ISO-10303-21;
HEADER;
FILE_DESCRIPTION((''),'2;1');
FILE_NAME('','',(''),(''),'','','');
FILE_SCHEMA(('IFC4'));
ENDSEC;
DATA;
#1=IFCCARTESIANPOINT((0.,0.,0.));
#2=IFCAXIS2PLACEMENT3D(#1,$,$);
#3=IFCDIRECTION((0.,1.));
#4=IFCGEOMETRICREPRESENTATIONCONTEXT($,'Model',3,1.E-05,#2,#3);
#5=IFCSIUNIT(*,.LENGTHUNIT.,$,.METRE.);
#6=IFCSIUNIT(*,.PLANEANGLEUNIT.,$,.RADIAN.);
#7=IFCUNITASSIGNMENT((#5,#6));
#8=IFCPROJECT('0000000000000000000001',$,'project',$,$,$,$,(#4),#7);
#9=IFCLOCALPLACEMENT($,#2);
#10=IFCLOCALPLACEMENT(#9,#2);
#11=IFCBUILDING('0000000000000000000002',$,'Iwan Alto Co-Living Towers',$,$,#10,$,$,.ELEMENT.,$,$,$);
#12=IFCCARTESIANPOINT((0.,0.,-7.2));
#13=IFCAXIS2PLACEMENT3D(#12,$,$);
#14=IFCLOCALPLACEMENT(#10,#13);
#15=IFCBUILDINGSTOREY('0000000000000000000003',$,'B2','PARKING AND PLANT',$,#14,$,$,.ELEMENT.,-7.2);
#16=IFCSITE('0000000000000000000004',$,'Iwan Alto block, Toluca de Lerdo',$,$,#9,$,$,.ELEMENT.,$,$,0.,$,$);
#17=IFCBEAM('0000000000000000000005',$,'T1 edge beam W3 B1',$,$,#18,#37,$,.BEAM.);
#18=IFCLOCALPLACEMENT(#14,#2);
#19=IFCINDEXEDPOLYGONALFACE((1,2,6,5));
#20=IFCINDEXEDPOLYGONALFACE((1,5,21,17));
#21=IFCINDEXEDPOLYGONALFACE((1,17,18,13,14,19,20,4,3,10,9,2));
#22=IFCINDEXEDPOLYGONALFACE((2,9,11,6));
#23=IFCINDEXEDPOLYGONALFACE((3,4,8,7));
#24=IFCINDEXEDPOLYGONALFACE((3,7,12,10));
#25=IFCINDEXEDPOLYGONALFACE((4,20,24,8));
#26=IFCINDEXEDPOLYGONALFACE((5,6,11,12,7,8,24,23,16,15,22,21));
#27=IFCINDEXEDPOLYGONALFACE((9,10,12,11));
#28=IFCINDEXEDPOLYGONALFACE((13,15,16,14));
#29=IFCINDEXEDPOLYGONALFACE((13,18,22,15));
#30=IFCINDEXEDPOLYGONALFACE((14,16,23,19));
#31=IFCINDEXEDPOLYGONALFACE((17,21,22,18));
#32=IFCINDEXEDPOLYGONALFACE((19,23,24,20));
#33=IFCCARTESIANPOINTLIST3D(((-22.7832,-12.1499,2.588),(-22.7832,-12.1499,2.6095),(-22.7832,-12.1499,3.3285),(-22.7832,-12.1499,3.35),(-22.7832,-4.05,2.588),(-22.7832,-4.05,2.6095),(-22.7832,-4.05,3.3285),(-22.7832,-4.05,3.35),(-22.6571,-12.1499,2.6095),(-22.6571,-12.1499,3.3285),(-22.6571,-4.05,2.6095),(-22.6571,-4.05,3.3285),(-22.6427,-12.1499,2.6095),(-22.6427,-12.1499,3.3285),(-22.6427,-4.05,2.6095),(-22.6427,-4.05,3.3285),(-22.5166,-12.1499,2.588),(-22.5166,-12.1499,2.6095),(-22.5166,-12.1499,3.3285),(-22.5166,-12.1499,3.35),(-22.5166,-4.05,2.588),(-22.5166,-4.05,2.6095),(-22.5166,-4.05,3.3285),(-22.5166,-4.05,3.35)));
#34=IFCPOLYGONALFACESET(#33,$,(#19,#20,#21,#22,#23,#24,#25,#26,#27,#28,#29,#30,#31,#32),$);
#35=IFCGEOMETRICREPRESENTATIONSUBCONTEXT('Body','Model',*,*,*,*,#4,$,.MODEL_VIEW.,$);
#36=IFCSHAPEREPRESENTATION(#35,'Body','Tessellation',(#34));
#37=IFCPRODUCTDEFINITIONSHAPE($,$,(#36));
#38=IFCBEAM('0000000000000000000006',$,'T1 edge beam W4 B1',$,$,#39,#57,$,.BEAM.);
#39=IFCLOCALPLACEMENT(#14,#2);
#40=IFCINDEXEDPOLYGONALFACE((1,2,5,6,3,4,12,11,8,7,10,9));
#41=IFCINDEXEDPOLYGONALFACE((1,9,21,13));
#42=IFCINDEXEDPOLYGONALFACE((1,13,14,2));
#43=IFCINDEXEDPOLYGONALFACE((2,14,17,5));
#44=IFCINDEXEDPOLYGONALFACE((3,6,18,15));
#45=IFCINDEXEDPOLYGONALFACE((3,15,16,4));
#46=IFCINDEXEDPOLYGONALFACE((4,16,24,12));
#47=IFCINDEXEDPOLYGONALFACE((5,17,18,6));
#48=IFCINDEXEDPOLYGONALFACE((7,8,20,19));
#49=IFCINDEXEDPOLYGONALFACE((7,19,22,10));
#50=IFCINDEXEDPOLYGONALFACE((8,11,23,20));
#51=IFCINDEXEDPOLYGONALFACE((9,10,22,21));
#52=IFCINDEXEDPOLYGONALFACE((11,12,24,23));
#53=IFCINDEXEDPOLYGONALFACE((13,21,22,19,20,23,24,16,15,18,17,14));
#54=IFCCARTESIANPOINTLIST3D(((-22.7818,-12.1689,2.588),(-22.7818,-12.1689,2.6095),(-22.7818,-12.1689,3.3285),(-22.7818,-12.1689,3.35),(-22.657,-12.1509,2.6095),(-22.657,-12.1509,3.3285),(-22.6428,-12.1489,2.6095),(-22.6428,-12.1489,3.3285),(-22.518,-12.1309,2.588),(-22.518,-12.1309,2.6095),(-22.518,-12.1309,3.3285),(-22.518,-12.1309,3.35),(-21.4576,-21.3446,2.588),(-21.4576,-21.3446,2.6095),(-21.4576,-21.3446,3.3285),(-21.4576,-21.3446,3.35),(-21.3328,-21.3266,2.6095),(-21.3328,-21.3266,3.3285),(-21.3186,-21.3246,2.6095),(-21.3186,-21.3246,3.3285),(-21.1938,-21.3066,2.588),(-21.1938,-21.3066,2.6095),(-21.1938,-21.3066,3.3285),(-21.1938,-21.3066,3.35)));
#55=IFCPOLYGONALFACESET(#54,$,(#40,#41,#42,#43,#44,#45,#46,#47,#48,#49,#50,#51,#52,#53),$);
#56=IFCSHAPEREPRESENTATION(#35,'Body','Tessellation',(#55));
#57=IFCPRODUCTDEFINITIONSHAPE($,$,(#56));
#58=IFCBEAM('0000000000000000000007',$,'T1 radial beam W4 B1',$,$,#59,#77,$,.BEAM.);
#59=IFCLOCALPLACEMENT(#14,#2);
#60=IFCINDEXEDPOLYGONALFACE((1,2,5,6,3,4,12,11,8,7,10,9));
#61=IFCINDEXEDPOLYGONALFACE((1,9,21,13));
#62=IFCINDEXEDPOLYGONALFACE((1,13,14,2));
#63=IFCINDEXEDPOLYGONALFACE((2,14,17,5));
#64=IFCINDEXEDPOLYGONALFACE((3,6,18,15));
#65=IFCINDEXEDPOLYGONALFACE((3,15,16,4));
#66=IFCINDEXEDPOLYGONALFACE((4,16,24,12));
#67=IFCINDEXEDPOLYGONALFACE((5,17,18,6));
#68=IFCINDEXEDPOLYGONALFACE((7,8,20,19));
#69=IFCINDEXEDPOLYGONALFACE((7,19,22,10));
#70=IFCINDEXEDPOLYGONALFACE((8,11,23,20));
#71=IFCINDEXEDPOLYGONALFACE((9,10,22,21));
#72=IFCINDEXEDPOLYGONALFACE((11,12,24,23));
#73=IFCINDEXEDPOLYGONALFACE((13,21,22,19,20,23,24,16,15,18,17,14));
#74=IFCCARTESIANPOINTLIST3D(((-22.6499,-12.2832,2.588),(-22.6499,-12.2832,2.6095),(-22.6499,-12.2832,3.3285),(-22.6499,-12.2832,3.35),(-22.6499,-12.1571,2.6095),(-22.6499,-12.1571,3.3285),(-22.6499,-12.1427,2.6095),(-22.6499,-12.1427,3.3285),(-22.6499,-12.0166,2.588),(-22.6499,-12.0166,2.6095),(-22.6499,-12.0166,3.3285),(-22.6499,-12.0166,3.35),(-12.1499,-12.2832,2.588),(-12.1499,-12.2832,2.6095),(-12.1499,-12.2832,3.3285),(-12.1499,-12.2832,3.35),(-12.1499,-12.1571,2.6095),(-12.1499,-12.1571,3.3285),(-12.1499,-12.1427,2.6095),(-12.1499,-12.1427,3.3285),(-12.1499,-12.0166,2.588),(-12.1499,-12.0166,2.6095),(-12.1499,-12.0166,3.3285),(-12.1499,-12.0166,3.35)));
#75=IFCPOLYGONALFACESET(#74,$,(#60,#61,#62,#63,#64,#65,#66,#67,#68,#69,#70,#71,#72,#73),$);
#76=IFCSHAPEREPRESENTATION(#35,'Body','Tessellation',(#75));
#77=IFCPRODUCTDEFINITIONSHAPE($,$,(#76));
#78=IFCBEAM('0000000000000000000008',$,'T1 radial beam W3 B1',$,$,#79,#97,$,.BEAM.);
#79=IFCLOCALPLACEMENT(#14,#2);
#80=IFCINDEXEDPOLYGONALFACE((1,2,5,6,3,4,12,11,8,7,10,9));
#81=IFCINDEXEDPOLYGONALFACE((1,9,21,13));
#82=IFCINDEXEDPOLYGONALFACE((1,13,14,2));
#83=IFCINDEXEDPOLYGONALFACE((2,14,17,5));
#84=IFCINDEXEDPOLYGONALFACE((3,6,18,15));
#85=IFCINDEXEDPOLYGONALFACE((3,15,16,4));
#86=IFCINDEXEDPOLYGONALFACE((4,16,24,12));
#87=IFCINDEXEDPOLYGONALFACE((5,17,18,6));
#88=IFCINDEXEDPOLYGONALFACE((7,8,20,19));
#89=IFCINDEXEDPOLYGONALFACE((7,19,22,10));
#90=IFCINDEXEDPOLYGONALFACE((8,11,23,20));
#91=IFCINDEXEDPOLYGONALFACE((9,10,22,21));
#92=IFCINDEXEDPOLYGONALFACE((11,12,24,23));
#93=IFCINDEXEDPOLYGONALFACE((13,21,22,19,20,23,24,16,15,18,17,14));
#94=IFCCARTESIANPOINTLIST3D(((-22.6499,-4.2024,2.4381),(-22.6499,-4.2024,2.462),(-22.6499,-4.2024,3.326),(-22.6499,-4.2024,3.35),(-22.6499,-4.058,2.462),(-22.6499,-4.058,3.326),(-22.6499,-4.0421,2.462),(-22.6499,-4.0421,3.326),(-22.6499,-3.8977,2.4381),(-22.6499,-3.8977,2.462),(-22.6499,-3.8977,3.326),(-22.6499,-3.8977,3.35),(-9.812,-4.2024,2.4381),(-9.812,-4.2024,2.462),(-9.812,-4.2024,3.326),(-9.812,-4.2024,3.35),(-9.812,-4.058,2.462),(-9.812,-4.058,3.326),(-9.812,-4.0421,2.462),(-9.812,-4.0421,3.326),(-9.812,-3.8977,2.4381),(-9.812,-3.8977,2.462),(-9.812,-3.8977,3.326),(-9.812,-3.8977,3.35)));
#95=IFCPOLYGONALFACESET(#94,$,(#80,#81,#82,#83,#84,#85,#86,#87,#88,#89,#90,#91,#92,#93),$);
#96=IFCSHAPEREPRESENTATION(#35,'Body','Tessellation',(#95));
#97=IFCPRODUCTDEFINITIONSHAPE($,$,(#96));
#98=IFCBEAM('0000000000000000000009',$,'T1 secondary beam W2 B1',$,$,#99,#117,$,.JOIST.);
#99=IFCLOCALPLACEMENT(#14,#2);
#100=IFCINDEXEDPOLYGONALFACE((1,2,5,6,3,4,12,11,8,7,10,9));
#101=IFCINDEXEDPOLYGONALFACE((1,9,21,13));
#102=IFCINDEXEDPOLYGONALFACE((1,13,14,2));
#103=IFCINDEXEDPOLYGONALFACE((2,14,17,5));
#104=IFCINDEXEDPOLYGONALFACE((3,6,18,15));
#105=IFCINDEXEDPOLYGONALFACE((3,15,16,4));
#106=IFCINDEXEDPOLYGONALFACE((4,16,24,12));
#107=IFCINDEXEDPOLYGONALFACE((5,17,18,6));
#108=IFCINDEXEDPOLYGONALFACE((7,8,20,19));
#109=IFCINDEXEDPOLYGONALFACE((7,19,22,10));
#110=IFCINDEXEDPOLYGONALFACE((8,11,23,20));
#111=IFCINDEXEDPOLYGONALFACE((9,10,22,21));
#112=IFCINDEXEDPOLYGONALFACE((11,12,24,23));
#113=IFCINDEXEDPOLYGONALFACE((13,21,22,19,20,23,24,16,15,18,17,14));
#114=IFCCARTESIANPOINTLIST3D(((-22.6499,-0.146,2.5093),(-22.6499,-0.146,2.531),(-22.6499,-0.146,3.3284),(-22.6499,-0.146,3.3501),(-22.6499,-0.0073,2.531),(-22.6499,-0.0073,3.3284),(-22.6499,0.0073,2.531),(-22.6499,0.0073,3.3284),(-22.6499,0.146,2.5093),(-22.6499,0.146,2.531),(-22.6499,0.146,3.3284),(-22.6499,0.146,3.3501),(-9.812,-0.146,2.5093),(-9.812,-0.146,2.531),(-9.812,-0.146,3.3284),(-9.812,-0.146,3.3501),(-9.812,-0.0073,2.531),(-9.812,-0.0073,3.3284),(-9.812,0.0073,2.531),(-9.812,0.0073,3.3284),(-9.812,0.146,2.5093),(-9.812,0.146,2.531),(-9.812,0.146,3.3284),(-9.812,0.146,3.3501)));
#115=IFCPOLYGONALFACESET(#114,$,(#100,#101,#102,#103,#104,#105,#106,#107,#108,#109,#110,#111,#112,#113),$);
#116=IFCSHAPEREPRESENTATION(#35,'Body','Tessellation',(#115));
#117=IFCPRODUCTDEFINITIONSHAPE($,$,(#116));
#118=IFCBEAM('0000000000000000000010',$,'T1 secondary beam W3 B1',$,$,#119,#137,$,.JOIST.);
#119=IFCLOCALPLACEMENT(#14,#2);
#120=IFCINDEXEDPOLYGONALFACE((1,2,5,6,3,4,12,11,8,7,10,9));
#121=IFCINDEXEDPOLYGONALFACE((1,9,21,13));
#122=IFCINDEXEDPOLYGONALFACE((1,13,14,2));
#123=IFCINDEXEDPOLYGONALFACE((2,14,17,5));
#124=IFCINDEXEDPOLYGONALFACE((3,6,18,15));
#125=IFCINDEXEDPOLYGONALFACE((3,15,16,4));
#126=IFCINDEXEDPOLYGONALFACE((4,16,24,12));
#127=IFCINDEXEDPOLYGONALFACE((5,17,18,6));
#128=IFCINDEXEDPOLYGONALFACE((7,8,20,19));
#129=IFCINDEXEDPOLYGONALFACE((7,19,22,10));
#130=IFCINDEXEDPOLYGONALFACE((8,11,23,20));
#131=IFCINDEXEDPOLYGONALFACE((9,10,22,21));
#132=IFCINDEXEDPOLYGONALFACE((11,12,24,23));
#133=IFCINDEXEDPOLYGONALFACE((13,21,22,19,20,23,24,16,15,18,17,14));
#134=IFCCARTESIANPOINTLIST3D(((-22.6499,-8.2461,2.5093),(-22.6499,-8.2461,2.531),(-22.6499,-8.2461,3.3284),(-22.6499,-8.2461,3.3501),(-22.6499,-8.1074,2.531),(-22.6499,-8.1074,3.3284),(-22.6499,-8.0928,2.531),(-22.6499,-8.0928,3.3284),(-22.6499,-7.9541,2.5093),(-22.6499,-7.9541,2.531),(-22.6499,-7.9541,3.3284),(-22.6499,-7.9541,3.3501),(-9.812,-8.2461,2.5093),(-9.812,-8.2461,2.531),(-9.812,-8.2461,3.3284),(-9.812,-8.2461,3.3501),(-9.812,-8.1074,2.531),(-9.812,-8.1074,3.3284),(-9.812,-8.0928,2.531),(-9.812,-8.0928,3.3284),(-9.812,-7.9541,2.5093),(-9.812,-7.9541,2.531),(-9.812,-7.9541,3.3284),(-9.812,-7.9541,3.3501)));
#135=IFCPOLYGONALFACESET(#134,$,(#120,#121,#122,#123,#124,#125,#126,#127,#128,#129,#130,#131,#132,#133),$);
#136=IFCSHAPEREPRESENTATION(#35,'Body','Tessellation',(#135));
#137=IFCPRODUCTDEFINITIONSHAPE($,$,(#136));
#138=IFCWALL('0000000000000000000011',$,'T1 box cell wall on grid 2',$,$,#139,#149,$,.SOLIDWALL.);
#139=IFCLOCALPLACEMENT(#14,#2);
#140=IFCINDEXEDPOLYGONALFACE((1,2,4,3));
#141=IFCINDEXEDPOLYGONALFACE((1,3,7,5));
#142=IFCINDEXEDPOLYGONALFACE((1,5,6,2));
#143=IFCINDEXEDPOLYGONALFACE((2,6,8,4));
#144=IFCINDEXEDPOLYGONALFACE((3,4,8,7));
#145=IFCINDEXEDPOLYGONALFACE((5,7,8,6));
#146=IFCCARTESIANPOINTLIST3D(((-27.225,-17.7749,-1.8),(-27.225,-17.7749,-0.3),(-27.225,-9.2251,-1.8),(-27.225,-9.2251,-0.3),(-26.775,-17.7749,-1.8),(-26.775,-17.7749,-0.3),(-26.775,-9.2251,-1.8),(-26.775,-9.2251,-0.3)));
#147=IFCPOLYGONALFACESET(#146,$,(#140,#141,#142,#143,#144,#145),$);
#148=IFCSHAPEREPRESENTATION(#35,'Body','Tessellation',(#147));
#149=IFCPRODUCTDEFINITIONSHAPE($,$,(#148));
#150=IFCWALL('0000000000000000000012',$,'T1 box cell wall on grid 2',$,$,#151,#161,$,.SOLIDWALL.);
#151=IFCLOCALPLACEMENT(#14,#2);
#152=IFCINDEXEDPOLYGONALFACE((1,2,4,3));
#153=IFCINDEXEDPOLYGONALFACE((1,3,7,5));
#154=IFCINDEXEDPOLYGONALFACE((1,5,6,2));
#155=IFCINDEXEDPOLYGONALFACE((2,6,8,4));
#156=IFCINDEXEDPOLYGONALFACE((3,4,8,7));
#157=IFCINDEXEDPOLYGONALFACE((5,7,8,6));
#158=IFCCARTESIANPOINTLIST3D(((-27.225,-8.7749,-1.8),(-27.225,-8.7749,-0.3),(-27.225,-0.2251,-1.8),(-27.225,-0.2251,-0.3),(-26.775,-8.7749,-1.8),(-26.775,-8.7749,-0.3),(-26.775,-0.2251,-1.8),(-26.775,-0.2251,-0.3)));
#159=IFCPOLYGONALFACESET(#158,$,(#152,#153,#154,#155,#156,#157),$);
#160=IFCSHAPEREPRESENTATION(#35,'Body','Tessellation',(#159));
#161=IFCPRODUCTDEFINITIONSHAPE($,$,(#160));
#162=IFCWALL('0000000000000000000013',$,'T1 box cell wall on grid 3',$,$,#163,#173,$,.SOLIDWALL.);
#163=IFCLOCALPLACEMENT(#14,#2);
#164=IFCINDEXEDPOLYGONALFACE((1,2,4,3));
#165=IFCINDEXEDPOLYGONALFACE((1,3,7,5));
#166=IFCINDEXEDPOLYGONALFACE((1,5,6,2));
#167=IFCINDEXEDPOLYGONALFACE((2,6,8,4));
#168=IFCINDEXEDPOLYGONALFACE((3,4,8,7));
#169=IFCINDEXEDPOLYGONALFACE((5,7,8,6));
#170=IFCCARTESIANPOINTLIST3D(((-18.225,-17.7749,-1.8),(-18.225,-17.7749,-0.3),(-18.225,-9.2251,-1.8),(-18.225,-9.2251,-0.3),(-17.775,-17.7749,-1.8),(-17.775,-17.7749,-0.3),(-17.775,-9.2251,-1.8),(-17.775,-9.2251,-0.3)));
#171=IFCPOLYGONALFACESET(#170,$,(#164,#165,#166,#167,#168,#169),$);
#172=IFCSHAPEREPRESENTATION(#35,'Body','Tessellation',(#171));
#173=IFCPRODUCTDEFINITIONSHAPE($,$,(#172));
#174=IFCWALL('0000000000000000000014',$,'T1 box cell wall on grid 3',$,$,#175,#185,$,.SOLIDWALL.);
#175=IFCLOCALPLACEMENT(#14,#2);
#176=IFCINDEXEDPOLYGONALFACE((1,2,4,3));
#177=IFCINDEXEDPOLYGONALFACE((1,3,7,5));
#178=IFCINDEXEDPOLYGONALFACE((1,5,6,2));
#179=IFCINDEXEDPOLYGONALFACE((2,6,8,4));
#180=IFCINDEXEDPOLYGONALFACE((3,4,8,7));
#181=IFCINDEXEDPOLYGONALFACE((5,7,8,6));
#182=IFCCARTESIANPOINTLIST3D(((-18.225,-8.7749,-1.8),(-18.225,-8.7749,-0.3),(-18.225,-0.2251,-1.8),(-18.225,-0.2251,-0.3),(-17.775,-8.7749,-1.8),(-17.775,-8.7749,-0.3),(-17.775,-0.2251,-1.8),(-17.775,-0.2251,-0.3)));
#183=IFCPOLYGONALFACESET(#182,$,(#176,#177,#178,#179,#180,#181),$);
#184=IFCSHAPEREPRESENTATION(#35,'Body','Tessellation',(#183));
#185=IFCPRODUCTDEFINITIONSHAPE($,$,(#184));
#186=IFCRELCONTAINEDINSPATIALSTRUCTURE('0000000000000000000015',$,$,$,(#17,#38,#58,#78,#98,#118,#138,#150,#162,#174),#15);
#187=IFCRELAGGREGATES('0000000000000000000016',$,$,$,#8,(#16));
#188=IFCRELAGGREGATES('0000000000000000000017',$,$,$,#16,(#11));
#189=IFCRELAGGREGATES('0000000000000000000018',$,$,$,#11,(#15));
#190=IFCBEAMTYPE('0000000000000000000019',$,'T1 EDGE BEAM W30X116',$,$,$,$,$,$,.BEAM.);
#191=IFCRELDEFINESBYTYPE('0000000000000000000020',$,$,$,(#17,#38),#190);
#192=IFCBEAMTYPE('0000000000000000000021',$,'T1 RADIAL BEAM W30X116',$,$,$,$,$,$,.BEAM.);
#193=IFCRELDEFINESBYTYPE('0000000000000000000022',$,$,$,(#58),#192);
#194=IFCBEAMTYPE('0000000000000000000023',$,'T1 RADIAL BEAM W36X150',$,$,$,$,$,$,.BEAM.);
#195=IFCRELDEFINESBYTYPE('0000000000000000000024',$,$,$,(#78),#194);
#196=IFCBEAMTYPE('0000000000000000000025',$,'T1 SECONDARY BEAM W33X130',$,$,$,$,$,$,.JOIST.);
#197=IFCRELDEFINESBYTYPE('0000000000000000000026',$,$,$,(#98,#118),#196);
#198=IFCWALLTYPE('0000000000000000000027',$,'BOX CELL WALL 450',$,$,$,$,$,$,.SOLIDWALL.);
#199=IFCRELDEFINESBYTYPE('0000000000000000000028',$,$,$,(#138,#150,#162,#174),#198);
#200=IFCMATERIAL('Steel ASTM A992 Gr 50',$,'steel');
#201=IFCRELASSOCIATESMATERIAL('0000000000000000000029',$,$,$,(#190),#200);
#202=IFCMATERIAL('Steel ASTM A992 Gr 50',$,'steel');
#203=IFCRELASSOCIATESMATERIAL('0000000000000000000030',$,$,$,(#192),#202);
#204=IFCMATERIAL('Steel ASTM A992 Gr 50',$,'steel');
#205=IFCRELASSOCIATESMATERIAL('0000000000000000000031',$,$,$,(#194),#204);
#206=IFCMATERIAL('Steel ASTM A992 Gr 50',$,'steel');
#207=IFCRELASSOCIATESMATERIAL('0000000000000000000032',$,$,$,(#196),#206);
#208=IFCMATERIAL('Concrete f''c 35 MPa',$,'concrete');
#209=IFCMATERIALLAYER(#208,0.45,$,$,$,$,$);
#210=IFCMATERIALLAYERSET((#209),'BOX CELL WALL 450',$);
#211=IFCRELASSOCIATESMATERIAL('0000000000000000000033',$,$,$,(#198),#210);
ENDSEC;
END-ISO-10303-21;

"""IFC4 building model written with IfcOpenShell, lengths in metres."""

from ifc_helpers import new_model, si_unit, direction, frame, frame_2d, origin, origin_2d, place, context, subcontext, project, spatial, rectangle, i_section, extrude, material, layer, layer_set, material_profile, profile_set, type_object, element, save


model = new_model("IFC4")

# Units and contexts
model_context = context("Model", 3, precision=1e-05, world=origin(), true_north=direction((0.0, 1.0)))
body_context = subcontext(model_context, "Body", "Model", "MODEL_VIEW")
ifc_project = project(units=[si_unit("LENGTHUNIT", "METRE"), si_unit("PLANEANGLEUNIT", "RADIAN")], contexts=[model_context])

# Site, building, storey
site_placement = place(None, origin())
site = spatial("IfcSite", under=ifc_project, at=site_placement, Name="Iwan Alto block, Toluca de Lerdo", CompositionType="ELEMENT", RefElevation=0.0)
building_placement = place(site_placement, origin())
building = spatial("IfcBuilding", under=site, at=building_placement, Name="Iwan Alto Co-Living Towers", CompositionType="ELEMENT")
storey_placement = place(building_placement, frame((0.0, 0.0, -7.2)))
storey = spatial("IfcBuildingStorey", under=building, at=storey_placement, Name="B2", Description="PARKING AND PLANT", CompositionType="ELEMENT", Elevation=-7.2)

# Beams
ifc_material_1 = material(Name="Steel ASTM A992 Gr 50", Category="steel")
ifc_material_profile_1 = material_profile(ifc_material_1, i_section(OverallWidth=0.2666, OverallDepth=0.762, WebThickness=0.0144, FlangeThickness=0.0215, at=origin_2d()), Name="W30X116")
ifc_profile_set_1 = profile_set([ifc_material_profile_1], Name="Steel ASTM A992 Gr 50")
beam_type_1 = type_object("IfcBeamType", Name="T1 EDGE BEAM W30X116", PredefinedType="BEAM", material=ifc_profile_set_1)
beam_1_placement = place(storey_placement, frame((-22.6499, -4.05, 2.969), z_axis=(0.0, -1.0, 0.0), x_axis=(1.0, 0.0, 0.0)))
element("IfcBeam", 1, at=beam_1_placement, inside=storey, type_object=beam_type_1, Name="T1 edge beam W3 B1", PredefinedType="BEAM", context=body_context, shape_type="SweptSolid", body=[
    extrude(i_section(OverallWidth=0.2666, OverallDepth=0.762, WebThickness=0.0144, FlangeThickness=0.0215, at=origin_2d()), origin(), (0.0, 0.0, 1.0), 8.0999),
])
beam_2_placement = place(storey_placement, frame((-22.6499, -12.1499, 2.969), z_axis=(0.142837, -0.989746, 0.0), x_axis=(0.989746, 0.142837, 0.0)))
element("IfcBeam", 2, at=beam_2_placement, inside=storey, type_object=beam_type_1, Name="T1 edge beam W4 B1", PredefinedType="BEAM", context=body_context, shape_type="SweptSolid", body=[
    extrude(i_section(OverallWidth=0.2666, OverallDepth=0.762, WebThickness=0.0144, FlangeThickness=0.0215, at=origin_2d()), origin(), (0.0, 0.0, 1.0), 9.2708),
])
ifc_material_2 = material(Name="Steel ASTM A992 Gr 50", Category="steel")
ifc_material_profile_2 = material_profile(ifc_material_2, i_section(OverallWidth=0.2666, OverallDepth=0.762, WebThickness=0.0144, FlangeThickness=0.0215, at=origin_2d()), Name="W30X116")
ifc_profile_set_2 = profile_set([ifc_material_profile_2], Name="Steel ASTM A992 Gr 50")
beam_type_2 = type_object("IfcBeamType", Name="T1 RADIAL BEAM W30X116", PredefinedType="BEAM", material=ifc_profile_set_2)
beam_3_placement = place(storey_placement, frame((-22.6499, -12.1499, 2.969), z_axis=(1.0, 0.0, 0.0), x_axis=(0.0, 1.0, 0.0)))
element("IfcBeam", 3, at=beam_3_placement, inside=storey, type_object=beam_type_2, Name="T1 radial beam W4 B1", PredefinedType="BEAM", context=body_context, shape_type="SweptSolid", body=[
    extrude(i_section(OverallWidth=0.2666, OverallDepth=0.762, WebThickness=0.0144, FlangeThickness=0.0215, at=origin_2d()), origin(), (0.0, 0.0, 1.0), 10.5),
])
ifc_material_3 = material(Name="Steel ASTM A992 Gr 50", Category="steel")
ifc_material_profile_3 = material_profile(ifc_material_3, i_section(OverallWidth=0.3047, OverallDepth=0.9119, WebThickness=0.0159, FlangeThickness=0.0239, at=origin_2d()), Name="W36X150")
ifc_profile_set_3 = profile_set([ifc_material_profile_3], Name="Steel ASTM A992 Gr 50")
beam_type_3 = type_object("IfcBeamType", Name="T1 RADIAL BEAM W36X150", PredefinedType="BEAM", material=ifc_profile_set_3)
beam_4_placement = place(storey_placement, frame((-22.6499, -4.05, 2.894), z_axis=(1.0, 0.0, 0.0), x_axis=(0.0, 1.0, 0.0)))
element("IfcBeam", 4, at=beam_4_placement, inside=storey, type_object=beam_type_3, Name="T1 radial beam W3 B1", PredefinedType="BEAM", context=body_context, shape_type="SweptSolid", body=[
    extrude(i_section(OverallWidth=0.3047, OverallDepth=0.9119, WebThickness=0.0159, FlangeThickness=0.0239, at=origin_2d()), origin(), (0.0, 0.0, 1.0), 12.8379),
])
ifc_material_4 = material(Name="Steel ASTM A992 Gr 50", Category="steel")
ifc_material_profile_4 = material_profile(ifc_material_4, i_section(OverallWidth=0.292, OverallDepth=0.8408, WebThickness=0.0146, FlangeThickness=0.0217, at=origin_2d()), Name="W33X130")
ifc_profile_set_4 = profile_set([ifc_material_profile_4], Name="Steel ASTM A992 Gr 50")
beam_type_4 = type_object("IfcBeamType", Name="T1 SECONDARY BEAM W33X130", PredefinedType="JOIST", material=ifc_profile_set_4)
for number, where, z_axis, x_axis, name in (
    (5, (-22.6499, 0.0, 2.9297), (1.0, 0.0, 0.0), (0.0, 1.0, 0.0), "T1 secondary beam W2 B1"),
    (6, (-22.6499, -8.1001, 2.9297), (1.0, 0.0, 0.0), (0.0, 1.0, 0.0), "T1 secondary beam W3 B1"),
):
    element("IfcBeam", number, at=place(storey_placement, frame(where, z_axis=z_axis, x_axis=x_axis)), inside=storey, type_object=beam_type_4, Name=name, PredefinedType="JOIST", context=body_context, shape_type="SweptSolid", body=[
        extrude(i_section(OverallWidth=0.292, OverallDepth=0.8408, WebThickness=0.0146, FlangeThickness=0.0217, at=origin_2d()), origin(), (0.0, 0.0, 1.0), 12.8379),
    ])

# Walls
ifc_material_5 = material(Name="Concrete f'c 35 MPa", Category="concrete")
ifc_layer_1 = layer(ifc_material_5, 0.45)
ifc_layer_set_1 = layer_set([ifc_layer_1], Name="BOX CELL WALL 450")
wall_type_1 = type_object("IfcWallType", Name="BOX CELL WALL 450", PredefinedType="SOLIDWALL", material=ifc_layer_set_1)
for number, where, z_axis, x_axis, name in (
    (7, (-27.0, -17.7749, -1.8), (0.0, 0.0, 1.0), (0.0, 1.0, 0.0), "T1 box cell wall on grid 2"),
    (8, (-27.0, -8.7749, -1.8), (0.0, 0.0, 1.0), (0.0, 1.0, 0.0), "T1 box cell wall on grid 2"),
    (9, (-18.0, -17.7749, -1.8), (0.0, 0.0, 1.0), (0.0, 1.0, 0.0), "T1 box cell wall on grid 3"),
    (10, (-18.0, -8.7749, -1.8), (0.0, 0.0, 1.0), (0.0, 1.0, 0.0), "T1 box cell wall on grid 3"),
):
    element("IfcWall", number, at=place(storey_placement, frame(where, z_axis=z_axis, x_axis=x_axis)), inside=storey, type_object=wall_type_1, Name=name, PredefinedType="SOLIDWALL", context=body_context, shape_type="SweptSolid", body=[
        extrude(rectangle(XDim=8.5498, YDim=0.45, at=frame_2d((4.2749, 0.0))), origin(), (0.0, 0.0, 1.0), 1.5),
    ])

save(model, "model.ifc")
